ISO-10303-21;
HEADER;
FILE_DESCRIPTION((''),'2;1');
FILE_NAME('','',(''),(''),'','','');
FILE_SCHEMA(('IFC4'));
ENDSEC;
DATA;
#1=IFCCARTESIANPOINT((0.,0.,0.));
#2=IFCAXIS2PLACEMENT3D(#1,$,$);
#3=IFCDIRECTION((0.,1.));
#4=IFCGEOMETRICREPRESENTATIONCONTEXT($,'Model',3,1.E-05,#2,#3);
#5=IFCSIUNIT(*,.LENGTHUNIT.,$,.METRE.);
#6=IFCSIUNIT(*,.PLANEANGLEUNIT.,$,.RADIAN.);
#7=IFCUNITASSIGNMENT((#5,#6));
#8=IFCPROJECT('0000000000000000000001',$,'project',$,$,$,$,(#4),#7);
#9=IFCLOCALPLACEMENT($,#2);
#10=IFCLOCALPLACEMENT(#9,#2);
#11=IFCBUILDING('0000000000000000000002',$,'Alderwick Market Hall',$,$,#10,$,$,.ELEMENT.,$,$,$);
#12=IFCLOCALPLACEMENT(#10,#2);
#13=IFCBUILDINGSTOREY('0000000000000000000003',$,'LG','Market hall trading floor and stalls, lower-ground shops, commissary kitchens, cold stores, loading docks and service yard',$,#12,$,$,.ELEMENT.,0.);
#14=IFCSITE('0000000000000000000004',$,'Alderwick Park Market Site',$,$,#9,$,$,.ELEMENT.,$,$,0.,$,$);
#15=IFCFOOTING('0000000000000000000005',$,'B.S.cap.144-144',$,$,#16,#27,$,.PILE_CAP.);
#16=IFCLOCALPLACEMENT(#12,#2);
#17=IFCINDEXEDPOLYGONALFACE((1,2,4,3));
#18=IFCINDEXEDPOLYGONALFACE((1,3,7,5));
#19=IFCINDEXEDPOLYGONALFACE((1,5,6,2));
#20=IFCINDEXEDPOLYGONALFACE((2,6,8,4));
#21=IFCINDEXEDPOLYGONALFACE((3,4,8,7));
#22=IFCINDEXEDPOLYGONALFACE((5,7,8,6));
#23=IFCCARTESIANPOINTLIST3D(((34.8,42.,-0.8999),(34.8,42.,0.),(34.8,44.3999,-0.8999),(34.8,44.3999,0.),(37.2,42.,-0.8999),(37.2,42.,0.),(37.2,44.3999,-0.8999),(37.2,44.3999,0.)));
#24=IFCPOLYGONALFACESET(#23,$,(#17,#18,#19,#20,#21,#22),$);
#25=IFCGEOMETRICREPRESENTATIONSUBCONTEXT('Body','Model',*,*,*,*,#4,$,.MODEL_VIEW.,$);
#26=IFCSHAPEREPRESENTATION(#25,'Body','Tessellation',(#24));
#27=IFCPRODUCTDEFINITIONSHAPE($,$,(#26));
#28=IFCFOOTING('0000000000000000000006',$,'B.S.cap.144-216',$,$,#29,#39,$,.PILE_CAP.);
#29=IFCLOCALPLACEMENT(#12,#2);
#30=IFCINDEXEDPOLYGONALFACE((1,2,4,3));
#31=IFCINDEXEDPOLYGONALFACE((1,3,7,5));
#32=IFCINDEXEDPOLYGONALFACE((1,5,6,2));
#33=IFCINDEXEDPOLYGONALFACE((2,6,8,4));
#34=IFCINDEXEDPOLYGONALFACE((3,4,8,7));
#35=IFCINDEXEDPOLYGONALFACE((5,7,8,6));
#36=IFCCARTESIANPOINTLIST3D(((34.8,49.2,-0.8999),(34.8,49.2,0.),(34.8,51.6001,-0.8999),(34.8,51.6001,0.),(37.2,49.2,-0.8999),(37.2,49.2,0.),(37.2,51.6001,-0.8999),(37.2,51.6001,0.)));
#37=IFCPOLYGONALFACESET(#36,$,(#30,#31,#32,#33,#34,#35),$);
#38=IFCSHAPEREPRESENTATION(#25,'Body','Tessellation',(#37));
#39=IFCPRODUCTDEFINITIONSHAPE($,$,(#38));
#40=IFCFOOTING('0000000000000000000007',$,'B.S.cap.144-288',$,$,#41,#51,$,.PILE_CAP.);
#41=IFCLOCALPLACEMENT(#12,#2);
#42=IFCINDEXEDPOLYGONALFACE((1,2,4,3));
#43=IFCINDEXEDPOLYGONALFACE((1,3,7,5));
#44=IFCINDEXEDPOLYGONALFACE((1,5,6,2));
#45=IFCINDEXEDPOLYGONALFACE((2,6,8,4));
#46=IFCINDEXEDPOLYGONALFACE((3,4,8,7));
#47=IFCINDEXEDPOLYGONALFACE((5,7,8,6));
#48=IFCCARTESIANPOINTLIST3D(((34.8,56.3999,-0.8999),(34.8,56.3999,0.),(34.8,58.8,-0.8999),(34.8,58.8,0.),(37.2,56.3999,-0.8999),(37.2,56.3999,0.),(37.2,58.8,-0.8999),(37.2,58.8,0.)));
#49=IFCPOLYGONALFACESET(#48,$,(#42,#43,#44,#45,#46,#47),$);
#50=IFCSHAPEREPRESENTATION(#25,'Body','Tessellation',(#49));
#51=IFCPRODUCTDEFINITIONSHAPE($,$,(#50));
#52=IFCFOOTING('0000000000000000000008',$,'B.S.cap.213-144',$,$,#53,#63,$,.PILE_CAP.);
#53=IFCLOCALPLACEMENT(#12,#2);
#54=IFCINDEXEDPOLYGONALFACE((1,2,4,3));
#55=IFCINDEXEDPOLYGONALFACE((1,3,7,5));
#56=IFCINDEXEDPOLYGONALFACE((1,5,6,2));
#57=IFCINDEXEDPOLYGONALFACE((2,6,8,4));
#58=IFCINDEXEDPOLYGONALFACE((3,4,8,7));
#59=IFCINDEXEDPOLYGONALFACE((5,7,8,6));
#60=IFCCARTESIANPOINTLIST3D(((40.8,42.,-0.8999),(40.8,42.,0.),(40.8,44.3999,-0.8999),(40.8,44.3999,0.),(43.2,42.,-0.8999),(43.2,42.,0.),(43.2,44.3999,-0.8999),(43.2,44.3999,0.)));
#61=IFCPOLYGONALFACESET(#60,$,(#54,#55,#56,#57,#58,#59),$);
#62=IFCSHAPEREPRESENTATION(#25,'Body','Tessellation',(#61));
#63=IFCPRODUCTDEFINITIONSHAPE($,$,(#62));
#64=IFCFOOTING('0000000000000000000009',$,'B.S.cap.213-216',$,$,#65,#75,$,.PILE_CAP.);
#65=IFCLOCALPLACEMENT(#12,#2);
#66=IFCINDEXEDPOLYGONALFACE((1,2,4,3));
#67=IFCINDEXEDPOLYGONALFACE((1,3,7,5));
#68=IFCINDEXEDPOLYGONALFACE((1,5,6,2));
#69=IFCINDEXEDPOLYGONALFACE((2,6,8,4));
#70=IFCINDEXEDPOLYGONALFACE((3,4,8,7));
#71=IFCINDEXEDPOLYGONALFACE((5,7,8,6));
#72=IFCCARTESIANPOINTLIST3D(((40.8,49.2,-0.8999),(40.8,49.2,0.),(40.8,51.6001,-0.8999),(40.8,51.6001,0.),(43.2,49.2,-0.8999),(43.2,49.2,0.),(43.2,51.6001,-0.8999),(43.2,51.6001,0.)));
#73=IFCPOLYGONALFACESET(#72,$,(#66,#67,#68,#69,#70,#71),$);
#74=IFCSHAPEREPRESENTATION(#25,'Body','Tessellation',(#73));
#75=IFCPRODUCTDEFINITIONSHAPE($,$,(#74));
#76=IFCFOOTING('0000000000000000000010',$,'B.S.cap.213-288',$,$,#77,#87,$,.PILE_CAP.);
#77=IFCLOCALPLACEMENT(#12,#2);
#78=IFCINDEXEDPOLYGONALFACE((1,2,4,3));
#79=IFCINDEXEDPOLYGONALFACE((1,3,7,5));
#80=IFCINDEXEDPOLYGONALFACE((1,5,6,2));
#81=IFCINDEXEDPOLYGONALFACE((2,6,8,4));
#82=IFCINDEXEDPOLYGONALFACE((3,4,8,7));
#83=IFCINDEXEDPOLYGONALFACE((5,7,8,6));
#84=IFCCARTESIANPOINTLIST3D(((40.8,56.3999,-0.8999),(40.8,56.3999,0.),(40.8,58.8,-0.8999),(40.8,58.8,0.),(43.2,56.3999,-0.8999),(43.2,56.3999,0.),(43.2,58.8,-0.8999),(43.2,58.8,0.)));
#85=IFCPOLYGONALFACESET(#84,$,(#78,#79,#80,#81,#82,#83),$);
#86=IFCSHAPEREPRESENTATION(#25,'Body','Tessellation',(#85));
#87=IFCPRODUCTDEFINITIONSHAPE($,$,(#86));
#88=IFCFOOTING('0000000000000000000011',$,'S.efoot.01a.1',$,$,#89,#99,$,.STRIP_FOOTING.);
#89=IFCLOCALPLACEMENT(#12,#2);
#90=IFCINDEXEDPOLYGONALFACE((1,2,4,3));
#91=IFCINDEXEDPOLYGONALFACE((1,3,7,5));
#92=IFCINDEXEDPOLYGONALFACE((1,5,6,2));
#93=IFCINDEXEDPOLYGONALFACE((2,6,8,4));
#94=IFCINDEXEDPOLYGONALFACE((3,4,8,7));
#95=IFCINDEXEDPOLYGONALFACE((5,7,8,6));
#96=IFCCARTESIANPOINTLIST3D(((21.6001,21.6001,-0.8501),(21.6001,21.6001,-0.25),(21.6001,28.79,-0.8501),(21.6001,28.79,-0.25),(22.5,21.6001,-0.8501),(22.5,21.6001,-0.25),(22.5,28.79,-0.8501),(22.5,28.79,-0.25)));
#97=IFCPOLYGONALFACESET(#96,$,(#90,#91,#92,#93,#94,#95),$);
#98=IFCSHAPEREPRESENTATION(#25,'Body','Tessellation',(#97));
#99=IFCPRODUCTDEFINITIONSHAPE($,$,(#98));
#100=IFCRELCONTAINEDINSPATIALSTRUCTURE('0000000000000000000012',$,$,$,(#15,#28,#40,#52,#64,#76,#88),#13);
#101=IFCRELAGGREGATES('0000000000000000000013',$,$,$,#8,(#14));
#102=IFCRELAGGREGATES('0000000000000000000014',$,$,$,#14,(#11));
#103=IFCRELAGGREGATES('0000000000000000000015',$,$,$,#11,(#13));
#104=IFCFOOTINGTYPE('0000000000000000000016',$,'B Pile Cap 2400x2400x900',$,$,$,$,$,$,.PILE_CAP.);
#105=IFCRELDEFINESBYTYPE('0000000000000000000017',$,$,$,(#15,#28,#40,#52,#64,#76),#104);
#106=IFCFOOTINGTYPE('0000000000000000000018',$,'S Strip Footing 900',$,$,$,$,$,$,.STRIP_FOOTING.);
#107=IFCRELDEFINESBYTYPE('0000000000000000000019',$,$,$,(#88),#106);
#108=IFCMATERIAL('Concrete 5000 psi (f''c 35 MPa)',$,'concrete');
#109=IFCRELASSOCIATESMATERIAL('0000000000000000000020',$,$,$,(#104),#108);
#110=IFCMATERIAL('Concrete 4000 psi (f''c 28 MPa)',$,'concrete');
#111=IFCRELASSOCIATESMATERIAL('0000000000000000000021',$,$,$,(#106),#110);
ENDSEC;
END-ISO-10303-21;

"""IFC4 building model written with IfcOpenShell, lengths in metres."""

from ifc_helpers import new_model, si_unit, direction, frame, origin, place, context, subcontext, project, spatial, polyline, outline, extrude, material, type_object, element, save


model = new_model("IFC4")

# Units and contexts
model_context = context("Model", 3, precision=1e-05, world=origin(), true_north=direction((0.0, 1.0)))
body_context = subcontext(model_context, "Body", "Model", "MODEL_VIEW")
ifc_project = project(units=[si_unit("LENGTHUNIT", "METRE"), si_unit("PLANEANGLEUNIT", "RADIAN")], contexts=[model_context])

# Site, building, storey
site_placement = place(None, origin())
site = spatial("IfcSite", under=ifc_project, at=site_placement, Name="Alderwick Park Market Site", CompositionType="ELEMENT", RefElevation=0.0)
building_placement = place(site_placement, origin())
building = spatial("IfcBuilding", under=site, at=building_placement, Name="Alderwick Market Hall", CompositionType="ELEMENT")
storey_placement = place(building_placement, origin())
storey = spatial("IfcBuildingStorey", under=building, at=storey_placement, Name="LG", Description="Market hall trading floor and stalls, lower-ground shops, commissary kitchens, cold stores, loading docks and service yard", CompositionType="ELEMENT", Elevation=0.0)

# Footings
ifc_material_1 = material(Name="Concrete 5000 psi (f'c 35 MPa)", Category="concrete")
footing_type_1 = type_object("IfcFootingType", Name="B Pile Cap 2400x2400x900", PredefinedType="PILE_CAP", material=ifc_material_1)
footing_1_placement = place(storey_placement, frame((0.0, 0.0, -0.8999)))
element("IfcFooting", 1, at=footing_1_placement, inside=storey, type_object=footing_type_1, Name="B.S.cap.144-144", PredefinedType="PILE_CAP", context=body_context, shape_type="SweptSolid", body=[
    extrude(outline(polyline([(34.8, 42.0), (37.2, 42.0), (37.2, 44.3999), (34.8, 44.3999), (34.8, 42.0)])), origin(), (0.0, 0.0, 1.0), 0.8999),
])
footing_2_placement = place(storey_placement, frame((0.0, 0.0, -0.8999)))
element("IfcFooting", 2, at=footing_2_placement, inside=storey, type_object=footing_type_1, Name="B.S.cap.144-216", PredefinedType="PILE_CAP", context=body_context, shape_type="SweptSolid", body=[
    extrude(outline(polyline([(34.8, 49.2), (37.2, 49.2), (37.2, 51.6001), (34.8, 51.6001), (34.8, 49.2)])), origin(), (0.0, 0.0, 1.0), 0.8999),
])
footing_3_placement = place(storey_placement, frame((0.0, 0.0, -0.8999)))
element("IfcFooting", 3, at=footing_3_placement, inside=storey, type_object=footing_type_1, Name="B.S.cap.144-288", PredefinedType="PILE_CAP", context=body_context, shape_type="SweptSolid", body=[
    extrude(outline(polyline([(34.8, 56.3999), (37.2, 56.3999), (37.2, 58.8), (34.8, 58.8), (34.8, 56.3999)])), origin(), (0.0, 0.0, 1.0), 0.8999),
])
footing_4_placement = place(storey_placement, frame((0.0, 0.0, -0.8999)))
element("IfcFooting", 4, at=footing_4_placement, inside=storey, type_object=footing_type_1, Name="B.S.cap.213-144", PredefinedType="PILE_CAP", context=body_context, shape_type="SweptSolid", body=[
    extrude(outline(polyline([(40.8, 42.0), (43.2, 42.0), (43.2, 44.3999), (40.8, 44.3999), (40.8, 42.0)])), origin(), (0.0, 0.0, 1.0), 0.8999),
])
footing_5_placement = place(storey_placement, frame((0.0, 0.0, -0.8999)))
element("IfcFooting", 5, at=footing_5_placement, inside=storey, type_object=footing_type_1, Name="B.S.cap.213-216", PredefinedType="PILE_CAP", context=body_context, shape_type="SweptSolid", body=[
    extrude(outline(polyline([(40.8, 49.2), (43.2, 49.2), (43.2, 51.6001), (40.8, 51.6001), (40.8, 49.2)])), origin(), (0.0, 0.0, 1.0), 0.8999),
])
footing_6_placement = place(storey_placement, frame((0.0, 0.0, -0.8999)))
element("IfcFooting", 6, at=footing_6_placement, inside=storey, type_object=footing_type_1, Name="B.S.cap.213-288", PredefinedType="PILE_CAP", context=body_context, shape_type="SweptSolid", body=[
    extrude(outline(polyline([(40.8, 56.3999), (43.2, 56.3999), (43.2, 58.8), (40.8, 58.8), (40.8, 56.3999)])), origin(), (0.0, 0.0, 1.0), 0.8999),
])
ifc_material_2 = material(Name="Concrete 4000 psi (f'c 28 MPa)", Category="concrete")
footing_type_2 = type_object("IfcFootingType", Name="S Strip Footing 900", PredefinedType="STRIP_FOOTING", material=ifc_material_2)
footing_7_placement = place(storey_placement, frame((0.0, 0.0, -0.8501)))
element("IfcFooting", 7, at=footing_7_placement, inside=storey, type_object=footing_type_2, Name="S.efoot.01a.1", PredefinedType="STRIP_FOOTING", context=body_context, shape_type="SweptSolid", body=[
    extrude(outline(polyline([(22.5, 28.79), (21.6001, 28.79), (21.6001, 21.6001), (22.5, 21.6001), (22.5, 28.79)])), origin(), (0.0, 0.0, 1.0), 0.6001),
])

save(model, "model.ifc")
